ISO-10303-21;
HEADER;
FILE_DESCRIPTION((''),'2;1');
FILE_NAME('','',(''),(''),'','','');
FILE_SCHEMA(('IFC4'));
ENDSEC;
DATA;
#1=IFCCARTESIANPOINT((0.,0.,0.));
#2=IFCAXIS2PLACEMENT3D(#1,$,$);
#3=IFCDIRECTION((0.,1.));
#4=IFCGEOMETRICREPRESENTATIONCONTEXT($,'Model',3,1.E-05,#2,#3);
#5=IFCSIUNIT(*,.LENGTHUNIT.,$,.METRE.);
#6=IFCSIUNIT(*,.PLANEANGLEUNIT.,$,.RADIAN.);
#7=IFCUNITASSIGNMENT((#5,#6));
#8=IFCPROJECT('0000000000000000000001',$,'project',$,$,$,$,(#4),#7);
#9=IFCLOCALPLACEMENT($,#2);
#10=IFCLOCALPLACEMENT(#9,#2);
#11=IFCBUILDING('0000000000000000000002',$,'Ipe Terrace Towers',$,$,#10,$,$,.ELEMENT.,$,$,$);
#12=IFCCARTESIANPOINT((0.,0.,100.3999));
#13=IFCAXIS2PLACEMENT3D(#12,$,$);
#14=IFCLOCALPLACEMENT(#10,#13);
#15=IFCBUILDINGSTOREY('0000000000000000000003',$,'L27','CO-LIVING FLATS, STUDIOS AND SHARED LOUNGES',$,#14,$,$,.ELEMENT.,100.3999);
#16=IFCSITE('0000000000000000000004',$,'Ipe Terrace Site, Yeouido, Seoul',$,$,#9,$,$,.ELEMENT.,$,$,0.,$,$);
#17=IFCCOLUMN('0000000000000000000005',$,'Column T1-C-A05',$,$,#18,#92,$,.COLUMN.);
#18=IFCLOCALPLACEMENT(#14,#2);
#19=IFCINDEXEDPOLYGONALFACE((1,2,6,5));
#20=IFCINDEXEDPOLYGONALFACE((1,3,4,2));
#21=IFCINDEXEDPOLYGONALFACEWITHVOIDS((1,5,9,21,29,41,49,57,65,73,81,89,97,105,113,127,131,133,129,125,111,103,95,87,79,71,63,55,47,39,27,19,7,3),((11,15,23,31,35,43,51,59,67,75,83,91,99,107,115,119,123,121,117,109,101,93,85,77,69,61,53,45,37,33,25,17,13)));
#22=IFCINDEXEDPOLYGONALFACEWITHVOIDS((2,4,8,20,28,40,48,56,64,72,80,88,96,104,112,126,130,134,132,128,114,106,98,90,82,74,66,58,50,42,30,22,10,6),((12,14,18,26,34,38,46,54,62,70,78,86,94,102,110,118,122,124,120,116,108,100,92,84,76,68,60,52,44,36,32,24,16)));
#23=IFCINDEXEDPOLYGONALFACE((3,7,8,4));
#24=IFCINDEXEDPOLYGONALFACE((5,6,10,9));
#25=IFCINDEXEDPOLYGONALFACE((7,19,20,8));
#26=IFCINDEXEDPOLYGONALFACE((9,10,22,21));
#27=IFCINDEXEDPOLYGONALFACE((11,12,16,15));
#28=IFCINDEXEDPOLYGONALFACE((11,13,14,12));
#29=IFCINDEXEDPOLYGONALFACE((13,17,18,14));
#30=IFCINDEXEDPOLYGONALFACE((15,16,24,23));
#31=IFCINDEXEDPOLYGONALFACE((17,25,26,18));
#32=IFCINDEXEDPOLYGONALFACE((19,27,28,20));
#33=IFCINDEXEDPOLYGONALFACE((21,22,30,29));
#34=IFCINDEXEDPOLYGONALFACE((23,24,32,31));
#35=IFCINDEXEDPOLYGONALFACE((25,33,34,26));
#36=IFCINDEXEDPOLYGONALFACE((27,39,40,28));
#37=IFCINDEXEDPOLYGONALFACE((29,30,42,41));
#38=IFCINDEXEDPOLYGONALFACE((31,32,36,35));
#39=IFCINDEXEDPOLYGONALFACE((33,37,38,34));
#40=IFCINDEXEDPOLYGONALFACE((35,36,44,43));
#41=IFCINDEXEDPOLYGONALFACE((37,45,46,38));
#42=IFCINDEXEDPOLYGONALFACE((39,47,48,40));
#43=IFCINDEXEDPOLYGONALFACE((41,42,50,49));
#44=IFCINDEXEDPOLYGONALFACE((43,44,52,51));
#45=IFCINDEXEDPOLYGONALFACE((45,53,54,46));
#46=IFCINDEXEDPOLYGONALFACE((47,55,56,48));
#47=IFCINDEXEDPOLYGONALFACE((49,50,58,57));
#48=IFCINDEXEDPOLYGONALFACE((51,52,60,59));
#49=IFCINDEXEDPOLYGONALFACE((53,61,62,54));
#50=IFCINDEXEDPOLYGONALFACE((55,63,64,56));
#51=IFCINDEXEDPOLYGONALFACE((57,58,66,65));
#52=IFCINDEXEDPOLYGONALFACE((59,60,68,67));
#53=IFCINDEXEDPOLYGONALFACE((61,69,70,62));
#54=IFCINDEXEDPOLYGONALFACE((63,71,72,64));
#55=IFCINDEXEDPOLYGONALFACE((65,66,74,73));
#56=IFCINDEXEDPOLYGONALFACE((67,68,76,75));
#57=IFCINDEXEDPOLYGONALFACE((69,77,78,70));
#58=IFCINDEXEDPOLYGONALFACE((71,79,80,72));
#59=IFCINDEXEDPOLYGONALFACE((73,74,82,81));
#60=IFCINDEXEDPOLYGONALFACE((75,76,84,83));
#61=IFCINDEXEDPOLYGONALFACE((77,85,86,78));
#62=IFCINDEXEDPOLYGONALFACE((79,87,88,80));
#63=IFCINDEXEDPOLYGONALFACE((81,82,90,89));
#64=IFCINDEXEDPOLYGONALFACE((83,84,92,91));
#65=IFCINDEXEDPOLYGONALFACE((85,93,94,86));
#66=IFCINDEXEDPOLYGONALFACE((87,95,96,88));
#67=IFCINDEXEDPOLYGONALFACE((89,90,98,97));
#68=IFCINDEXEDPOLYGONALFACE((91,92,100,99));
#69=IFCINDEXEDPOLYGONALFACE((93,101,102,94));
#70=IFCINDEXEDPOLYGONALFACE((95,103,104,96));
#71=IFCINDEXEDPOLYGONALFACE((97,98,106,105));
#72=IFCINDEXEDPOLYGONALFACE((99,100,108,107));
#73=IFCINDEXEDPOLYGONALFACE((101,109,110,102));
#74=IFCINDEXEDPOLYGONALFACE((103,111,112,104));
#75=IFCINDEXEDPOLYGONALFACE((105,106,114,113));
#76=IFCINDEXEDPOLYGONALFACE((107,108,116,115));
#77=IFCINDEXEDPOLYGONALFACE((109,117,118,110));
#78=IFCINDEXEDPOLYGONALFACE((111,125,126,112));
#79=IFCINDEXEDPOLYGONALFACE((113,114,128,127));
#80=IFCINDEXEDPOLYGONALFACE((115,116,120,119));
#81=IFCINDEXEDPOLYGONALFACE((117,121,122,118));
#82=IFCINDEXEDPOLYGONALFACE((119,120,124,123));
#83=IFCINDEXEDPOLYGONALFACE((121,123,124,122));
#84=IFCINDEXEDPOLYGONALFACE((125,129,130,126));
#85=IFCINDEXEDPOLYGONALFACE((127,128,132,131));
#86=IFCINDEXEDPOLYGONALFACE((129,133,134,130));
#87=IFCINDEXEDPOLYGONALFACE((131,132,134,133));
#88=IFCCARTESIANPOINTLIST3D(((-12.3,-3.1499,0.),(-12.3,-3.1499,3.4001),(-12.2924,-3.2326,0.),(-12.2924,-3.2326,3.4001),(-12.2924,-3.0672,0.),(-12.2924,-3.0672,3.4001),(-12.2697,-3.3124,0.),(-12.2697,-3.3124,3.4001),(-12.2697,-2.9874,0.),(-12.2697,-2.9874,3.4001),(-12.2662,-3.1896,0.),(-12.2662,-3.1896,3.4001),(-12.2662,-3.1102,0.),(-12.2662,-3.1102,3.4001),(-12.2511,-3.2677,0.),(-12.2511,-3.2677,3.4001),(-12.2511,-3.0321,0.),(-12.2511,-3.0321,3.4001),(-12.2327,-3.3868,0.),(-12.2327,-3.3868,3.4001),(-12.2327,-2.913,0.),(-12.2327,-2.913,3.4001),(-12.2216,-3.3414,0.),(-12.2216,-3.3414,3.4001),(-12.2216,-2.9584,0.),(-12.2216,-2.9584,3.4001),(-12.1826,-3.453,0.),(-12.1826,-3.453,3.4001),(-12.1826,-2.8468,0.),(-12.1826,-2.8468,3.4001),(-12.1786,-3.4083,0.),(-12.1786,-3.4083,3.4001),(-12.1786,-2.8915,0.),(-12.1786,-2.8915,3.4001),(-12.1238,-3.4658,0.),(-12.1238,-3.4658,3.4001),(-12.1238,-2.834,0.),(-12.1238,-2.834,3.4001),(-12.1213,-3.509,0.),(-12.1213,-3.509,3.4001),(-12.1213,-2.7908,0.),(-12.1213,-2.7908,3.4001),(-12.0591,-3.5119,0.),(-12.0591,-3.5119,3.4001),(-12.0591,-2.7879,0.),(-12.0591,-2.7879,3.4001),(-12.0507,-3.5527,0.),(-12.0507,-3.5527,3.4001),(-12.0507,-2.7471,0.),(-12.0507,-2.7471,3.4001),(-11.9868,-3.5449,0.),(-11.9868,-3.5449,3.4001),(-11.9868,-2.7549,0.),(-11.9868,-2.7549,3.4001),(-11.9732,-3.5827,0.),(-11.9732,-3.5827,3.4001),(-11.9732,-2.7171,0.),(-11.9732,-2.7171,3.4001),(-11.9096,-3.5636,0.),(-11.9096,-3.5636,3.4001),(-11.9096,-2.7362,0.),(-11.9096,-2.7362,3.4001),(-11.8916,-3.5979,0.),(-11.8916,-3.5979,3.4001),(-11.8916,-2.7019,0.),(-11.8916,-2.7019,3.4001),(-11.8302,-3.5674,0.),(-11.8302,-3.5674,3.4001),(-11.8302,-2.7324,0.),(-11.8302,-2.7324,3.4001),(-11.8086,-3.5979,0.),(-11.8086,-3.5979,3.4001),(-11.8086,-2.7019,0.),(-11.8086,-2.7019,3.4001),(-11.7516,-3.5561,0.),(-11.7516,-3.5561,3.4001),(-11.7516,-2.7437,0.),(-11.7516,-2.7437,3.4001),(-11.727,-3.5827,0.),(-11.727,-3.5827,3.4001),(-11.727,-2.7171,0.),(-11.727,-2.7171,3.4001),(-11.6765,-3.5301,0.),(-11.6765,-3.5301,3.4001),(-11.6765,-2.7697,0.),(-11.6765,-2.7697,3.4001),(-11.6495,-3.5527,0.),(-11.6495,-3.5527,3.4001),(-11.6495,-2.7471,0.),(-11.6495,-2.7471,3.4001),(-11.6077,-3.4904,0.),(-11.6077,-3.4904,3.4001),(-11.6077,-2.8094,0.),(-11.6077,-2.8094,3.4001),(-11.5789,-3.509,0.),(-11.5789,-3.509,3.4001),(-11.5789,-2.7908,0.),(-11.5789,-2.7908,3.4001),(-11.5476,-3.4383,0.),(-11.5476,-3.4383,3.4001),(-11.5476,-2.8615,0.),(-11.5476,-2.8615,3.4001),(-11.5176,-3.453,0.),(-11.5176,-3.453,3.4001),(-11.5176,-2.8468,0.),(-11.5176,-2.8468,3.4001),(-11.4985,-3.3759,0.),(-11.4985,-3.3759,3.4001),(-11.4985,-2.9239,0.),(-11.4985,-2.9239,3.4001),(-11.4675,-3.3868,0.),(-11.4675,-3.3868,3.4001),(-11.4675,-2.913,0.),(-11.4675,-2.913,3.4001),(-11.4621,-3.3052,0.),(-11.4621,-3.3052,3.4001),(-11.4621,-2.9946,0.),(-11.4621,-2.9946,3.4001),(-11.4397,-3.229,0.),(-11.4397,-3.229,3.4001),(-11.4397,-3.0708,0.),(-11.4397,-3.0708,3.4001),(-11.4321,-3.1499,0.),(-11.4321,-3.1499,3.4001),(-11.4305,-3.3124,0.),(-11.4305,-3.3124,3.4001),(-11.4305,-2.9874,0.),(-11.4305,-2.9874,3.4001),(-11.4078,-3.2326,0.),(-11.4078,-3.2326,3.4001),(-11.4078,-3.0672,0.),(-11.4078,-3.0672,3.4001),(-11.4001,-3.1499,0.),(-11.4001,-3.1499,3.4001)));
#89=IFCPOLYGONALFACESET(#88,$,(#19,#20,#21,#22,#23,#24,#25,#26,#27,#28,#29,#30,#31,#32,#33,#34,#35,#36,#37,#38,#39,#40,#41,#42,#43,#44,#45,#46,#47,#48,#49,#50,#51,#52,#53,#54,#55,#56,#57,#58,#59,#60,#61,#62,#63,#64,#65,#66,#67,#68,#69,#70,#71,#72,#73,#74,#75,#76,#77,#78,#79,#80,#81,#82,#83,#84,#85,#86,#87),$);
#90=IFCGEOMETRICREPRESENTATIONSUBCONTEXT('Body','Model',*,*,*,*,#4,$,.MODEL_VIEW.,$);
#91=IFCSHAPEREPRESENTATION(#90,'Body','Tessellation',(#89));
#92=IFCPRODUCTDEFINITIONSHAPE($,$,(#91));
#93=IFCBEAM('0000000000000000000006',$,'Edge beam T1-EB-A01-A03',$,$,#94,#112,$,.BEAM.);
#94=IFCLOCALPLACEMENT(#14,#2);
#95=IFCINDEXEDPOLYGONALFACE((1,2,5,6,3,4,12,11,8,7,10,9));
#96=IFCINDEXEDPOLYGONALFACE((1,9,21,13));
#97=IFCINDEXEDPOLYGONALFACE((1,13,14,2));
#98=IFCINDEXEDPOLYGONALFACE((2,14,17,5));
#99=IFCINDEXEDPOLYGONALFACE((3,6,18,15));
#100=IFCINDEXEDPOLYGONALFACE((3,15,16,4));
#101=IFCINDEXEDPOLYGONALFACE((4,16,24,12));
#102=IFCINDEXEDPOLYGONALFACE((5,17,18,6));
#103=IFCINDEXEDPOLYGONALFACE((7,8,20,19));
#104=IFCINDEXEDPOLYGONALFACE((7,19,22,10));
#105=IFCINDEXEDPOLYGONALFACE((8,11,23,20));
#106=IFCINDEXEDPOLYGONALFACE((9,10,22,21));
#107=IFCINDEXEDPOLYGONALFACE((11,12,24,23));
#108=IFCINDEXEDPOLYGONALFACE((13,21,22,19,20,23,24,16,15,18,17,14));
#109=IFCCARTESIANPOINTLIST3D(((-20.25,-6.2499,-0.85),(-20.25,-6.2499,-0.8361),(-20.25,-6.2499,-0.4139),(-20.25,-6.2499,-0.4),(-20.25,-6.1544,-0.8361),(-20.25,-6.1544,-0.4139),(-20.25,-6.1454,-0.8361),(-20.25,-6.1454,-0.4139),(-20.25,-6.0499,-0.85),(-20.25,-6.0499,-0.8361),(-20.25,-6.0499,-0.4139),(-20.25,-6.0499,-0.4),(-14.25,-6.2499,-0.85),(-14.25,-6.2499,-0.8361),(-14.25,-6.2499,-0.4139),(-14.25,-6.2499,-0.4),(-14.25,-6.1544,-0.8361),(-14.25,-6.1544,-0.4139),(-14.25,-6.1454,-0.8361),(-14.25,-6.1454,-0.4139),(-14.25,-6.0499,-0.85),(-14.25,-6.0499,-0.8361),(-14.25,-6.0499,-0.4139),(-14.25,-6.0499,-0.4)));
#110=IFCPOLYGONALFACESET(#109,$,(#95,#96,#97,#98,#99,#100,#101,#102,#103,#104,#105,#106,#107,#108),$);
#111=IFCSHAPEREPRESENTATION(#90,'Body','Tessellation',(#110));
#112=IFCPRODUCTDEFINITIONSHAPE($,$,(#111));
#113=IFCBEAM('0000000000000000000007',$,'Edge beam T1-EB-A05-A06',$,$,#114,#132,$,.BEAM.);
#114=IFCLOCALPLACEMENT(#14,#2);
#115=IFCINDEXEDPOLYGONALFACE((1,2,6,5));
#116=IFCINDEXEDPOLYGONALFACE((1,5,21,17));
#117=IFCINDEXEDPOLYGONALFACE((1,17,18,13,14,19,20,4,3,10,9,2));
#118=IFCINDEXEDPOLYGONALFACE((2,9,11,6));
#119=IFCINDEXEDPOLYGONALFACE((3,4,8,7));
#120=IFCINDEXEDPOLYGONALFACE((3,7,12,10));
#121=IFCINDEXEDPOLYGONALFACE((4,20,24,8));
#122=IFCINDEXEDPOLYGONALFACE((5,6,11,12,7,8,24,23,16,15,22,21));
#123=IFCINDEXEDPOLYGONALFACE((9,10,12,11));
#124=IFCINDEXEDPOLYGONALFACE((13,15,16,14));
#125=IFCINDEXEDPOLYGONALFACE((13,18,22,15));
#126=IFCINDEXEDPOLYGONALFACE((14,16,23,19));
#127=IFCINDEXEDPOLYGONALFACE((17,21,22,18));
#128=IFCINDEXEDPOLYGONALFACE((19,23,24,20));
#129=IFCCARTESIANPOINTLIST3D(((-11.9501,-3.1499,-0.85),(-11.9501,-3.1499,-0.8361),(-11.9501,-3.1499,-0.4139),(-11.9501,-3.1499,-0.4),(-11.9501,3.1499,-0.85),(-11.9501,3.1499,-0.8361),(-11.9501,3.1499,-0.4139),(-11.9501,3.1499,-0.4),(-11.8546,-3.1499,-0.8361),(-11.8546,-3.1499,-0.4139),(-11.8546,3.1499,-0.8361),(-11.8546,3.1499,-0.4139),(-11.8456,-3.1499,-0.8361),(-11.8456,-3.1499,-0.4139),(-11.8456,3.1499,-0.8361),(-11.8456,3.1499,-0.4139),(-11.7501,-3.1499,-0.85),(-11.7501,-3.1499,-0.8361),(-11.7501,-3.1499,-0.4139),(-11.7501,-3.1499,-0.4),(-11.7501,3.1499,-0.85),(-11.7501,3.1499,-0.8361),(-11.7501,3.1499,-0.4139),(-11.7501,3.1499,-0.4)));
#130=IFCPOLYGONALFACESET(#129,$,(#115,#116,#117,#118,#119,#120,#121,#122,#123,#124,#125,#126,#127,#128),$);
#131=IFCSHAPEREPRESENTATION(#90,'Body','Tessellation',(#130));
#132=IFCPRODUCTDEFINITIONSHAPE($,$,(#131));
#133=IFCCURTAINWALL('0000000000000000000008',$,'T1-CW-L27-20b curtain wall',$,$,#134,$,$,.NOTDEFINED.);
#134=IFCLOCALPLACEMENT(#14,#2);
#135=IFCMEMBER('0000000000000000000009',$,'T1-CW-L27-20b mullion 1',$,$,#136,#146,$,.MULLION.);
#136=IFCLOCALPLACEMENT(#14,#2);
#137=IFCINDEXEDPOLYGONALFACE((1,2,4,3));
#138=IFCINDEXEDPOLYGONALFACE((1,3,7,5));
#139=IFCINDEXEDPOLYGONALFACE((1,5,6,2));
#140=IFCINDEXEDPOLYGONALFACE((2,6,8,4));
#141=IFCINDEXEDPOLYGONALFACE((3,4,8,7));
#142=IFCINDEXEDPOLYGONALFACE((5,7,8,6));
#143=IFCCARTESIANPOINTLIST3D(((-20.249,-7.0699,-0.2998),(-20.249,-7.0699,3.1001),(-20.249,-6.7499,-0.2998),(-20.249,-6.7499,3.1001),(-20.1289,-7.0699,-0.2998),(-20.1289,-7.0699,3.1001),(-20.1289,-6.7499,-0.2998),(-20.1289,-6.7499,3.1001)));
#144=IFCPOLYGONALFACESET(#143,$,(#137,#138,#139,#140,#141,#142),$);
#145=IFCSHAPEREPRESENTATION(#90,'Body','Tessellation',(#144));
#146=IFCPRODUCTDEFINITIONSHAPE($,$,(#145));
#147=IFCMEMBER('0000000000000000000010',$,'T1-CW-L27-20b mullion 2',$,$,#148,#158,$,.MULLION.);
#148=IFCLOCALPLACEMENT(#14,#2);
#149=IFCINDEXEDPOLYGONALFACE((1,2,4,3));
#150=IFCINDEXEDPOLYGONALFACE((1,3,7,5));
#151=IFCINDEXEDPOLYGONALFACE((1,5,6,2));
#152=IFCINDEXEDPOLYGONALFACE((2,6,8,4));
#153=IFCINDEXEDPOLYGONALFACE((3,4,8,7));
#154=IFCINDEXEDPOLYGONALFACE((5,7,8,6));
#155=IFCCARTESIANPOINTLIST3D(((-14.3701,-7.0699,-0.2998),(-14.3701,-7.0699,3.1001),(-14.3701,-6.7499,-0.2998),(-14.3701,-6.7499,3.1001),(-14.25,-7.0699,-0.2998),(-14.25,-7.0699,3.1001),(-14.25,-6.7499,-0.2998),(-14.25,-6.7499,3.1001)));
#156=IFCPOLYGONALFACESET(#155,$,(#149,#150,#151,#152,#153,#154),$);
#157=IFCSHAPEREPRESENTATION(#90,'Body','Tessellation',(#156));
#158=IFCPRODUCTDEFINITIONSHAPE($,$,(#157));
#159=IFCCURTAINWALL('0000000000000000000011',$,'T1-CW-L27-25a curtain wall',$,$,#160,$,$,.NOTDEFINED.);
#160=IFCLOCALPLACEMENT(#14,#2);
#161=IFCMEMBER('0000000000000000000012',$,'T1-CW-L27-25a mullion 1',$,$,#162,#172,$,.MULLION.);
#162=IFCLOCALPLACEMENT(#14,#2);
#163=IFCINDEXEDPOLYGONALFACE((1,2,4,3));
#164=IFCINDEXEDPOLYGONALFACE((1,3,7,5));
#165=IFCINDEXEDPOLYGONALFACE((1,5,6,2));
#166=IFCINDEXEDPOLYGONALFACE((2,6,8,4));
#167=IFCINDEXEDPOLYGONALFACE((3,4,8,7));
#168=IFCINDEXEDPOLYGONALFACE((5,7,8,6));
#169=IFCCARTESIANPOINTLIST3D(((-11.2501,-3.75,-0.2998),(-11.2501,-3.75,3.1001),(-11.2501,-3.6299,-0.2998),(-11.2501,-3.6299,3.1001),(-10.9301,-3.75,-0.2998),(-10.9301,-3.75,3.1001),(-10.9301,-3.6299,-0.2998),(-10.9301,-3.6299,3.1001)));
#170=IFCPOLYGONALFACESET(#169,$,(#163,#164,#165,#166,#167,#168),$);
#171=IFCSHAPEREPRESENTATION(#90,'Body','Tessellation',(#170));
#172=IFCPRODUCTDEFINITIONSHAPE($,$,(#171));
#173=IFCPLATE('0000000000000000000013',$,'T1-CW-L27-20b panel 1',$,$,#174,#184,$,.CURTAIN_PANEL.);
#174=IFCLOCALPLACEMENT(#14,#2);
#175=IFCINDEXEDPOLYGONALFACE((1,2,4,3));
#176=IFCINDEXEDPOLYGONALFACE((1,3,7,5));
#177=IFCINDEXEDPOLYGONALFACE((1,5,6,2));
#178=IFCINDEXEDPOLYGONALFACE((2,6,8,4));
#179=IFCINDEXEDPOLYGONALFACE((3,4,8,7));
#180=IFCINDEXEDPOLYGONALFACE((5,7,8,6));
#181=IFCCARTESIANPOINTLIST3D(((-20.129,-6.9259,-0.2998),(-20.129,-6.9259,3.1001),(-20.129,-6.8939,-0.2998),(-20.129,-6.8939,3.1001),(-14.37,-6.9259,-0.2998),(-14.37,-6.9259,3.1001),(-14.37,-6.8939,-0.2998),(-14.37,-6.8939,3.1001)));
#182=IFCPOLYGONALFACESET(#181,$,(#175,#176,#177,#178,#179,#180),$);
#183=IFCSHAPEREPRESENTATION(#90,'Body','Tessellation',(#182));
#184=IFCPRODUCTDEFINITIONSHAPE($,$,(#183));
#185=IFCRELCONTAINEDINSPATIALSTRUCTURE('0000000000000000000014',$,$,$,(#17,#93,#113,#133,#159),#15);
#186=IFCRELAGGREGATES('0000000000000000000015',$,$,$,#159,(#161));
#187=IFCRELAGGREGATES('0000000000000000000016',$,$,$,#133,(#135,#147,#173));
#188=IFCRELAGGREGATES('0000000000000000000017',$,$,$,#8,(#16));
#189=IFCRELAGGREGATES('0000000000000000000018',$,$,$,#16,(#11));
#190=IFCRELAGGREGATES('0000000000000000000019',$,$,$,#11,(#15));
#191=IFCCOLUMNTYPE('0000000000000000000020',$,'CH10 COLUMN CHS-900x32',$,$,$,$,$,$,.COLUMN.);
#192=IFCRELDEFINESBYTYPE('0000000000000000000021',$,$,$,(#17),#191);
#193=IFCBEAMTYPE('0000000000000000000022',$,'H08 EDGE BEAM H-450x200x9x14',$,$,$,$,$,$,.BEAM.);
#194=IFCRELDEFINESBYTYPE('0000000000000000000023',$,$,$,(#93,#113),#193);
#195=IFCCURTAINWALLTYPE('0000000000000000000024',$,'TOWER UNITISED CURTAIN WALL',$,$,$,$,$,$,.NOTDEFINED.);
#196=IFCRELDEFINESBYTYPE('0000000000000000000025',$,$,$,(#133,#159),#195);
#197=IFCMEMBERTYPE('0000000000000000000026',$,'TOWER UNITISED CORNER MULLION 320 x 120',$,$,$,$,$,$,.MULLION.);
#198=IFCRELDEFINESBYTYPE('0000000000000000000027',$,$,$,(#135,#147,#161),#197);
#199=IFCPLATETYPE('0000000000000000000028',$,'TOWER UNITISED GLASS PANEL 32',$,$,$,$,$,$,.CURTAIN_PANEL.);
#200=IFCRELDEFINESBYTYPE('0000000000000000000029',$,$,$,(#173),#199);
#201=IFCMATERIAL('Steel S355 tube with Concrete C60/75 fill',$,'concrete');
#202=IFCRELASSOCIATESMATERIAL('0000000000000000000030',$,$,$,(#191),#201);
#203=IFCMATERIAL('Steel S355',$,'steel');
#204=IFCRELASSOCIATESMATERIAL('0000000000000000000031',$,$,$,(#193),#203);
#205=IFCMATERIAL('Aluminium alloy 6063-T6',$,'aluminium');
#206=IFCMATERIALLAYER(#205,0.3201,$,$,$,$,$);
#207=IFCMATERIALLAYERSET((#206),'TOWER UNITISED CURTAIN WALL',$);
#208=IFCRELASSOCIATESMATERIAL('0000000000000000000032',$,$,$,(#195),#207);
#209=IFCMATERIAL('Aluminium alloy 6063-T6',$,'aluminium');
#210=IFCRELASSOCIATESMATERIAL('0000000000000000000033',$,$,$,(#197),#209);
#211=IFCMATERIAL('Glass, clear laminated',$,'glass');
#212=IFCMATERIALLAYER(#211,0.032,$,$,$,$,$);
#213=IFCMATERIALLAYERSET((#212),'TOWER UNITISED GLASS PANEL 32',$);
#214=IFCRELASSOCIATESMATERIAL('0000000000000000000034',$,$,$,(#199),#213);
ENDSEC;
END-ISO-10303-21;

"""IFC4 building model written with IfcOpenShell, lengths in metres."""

from ifc_helpers import new_model, si_unit, direction, frame, origin, origin_2d, place, context, subcontext, project, spatial, rectangle, hollow_circle, i_section, extrude, material, layer, layer_set, material_profile, profile_set, type_object, element, aggregate, save


model = new_model("IFC4")

# Units and contexts
model_context = context("Model", 3, precision=1e-05, world=origin(), true_north=direction((0.0, 1.0)))
body_context = subcontext(model_context, "Body", "Model", "MODEL_VIEW")
ifc_project = project(units=[si_unit("LENGTHUNIT", "METRE"), si_unit("PLANEANGLEUNIT", "RADIAN")], contexts=[model_context])

# Site, building, storey
site_placement = place(None, origin())
site = spatial("IfcSite", under=ifc_project, at=site_placement, Name="Ipe Terrace Site, Yeouido, Seoul", CompositionType="ELEMENT", RefElevation=0.0)
building_placement = place(site_placement, origin())
building = spatial("IfcBuilding", under=site, at=building_placement, Name="Ipe Terrace Towers", CompositionType="ELEMENT")
storey_placement = place(building_placement, frame((0.0, 0.0, 100.3999)))
storey = spatial("IfcBuildingStorey", under=building, at=storey_placement, Name="L27", Description="CO-LIVING FLATS, STUDIOS AND SHARED LOUNGES", CompositionType="ELEMENT", Elevation=100.3999)

# Column
ifc_material_1 = material(Name="Steel S355 tube with Concrete C60/75 fill", Category="concrete")
ifc_material_profile_1 = material_profile(ifc_material_1, hollow_circle(Radius=0.45, WallThickness=0.032, at=origin_2d()), Name="CHS-900x32")
ifc_profile_set_1 = profile_set([ifc_material_profile_1], Name="Steel S355 tube with Concrete C60/75 fill")
column_type = type_object("IfcColumnType", Name="CH10 COLUMN CHS-900x32", PredefinedType="COLUMN", material=ifc_profile_set_1)
for number, where, z_axis, x_axis, name in (
    (1, (-11.8501, -3.1499, 0.0), (0.0, 0.0, 1.0), (1.0, 0.0, 0.0), "Column T1-C-A05"),
):
    element("IfcColumn", number, at=place(storey_placement, frame(where, z_axis=z_axis, x_axis=x_axis)), inside=storey, type_object=column_type, Name=name, PredefinedType="COLUMN", context=body_context, shape_type="SweptSolid", body=[
        extrude(hollow_circle(Radius=0.45, WallThickness=0.032, at=origin_2d()), origin(), (0.0, 0.0, 1.0), 3.4001),
    ])

# Beams
ifc_material_2 = material(Name="Steel S355", Category="steel")
ifc_material_profile_2 = material_profile(ifc_material_2, i_section(OverallWidth=0.2, OverallDepth=0.45, WebThickness=0.009, FlangeThickness=0.0139, at=origin_2d()), Name="H-450x200x9x14")
ifc_profile_set_2 = profile_set([ifc_material_profile_2], Name="Steel S355")
beam_type = type_object("IfcBeamType", Name="H08 EDGE BEAM H-450x200x9x14", PredefinedType="BEAM", material=ifc_profile_set_2)
beam_1_placement = place(storey_placement, frame((-20.25, -6.1499, -0.625), z_axis=(1.0, 0.0, 0.0), x_axis=(0.0, 1.0, 0.0)))
element("IfcBeam", 2, at=beam_1_placement, inside=storey, type_object=beam_type, Name="Edge beam T1-EB-A01-A03", PredefinedType="BEAM", context=body_context, shape_type="SweptSolid", body=[
    extrude(i_section(OverallWidth=0.2, OverallDepth=0.45, WebThickness=0.009, FlangeThickness=0.0139, at=origin_2d()), origin(), (0.0, 0.0, 1.0), 6.0),
])
beam_2_placement = place(storey_placement, frame((-11.8501, -3.1499, -0.625), z_axis=(0.0, 1.0, 0.0), x_axis=(-1.0, 0.0, 0.0)))
element("IfcBeam", 3, at=beam_2_placement, inside=storey, type_object=beam_type, Name="Edge beam T1-EB-A05-A06", PredefinedType="BEAM", context=body_context, shape_type="SweptSolid", body=[
    extrude(i_section(OverallWidth=0.2, OverallDepth=0.45, WebThickness=0.009, FlangeThickness=0.0139, at=origin_2d()), origin(), (0.0, 0.0, 1.0), 6.2998),
])

# Curtain wall, members
ifc_material_3 = material(Name="Aluminium alloy 6063-T6", Category="aluminium")
ifc_layer_1 = layer(ifc_material_3, 0.3201)
ifc_layer_set_1 = layer_set([ifc_layer_1], Name="TOWER UNITISED CURTAIN WALL")
curtain_wall_type = type_object("IfcCurtainWallType", Name="TOWER UNITISED CURTAIN WALL", PredefinedType="NOTDEFINED", material=ifc_layer_set_1)
curtain_wall_1_placement = place(storey_placement, origin())
curtain_wall_1 = element("IfcCurtainWall", 4, at=curtain_wall_1_placement, inside=storey, type_object=curtain_wall_type, Name="T1-CW-L27-20b curtain wall", PredefinedType="NOTDEFINED")
ifc_material_4 = material(Name="Aluminium alloy 6063-T6", Category="aluminium")
ifc_material_profile_3 = material_profile(ifc_material_4, rectangle(XDim=0.3201, YDim=0.1201, at=origin_2d()), Name="TOWER UNITISED CORNER MULLION 320 x 120")
ifc_profile_set_3 = profile_set([ifc_material_profile_3], Name="Aluminium alloy 6063-T6")
member_type = type_object("IfcMemberType", Name="TOWER UNITISED CORNER MULLION 320 x 120", PredefinedType="MULLION", material=ifc_profile_set_3)
member_1_placement = place(storey_placement, frame((-20.189, -6.9099, -0.2998), z_axis=(0.0, 0.0, 1.0), x_axis=(0.0, -1.0, 0.0)))
member_1 = element("IfcMember", 5, at=member_1_placement, type_object=member_type, Name="T1-CW-L27-20b mullion 1", PredefinedType="MULLION", context=body_context, shape_type="SweptSolid", body=[
    extrude(rectangle(XDim=0.3201, YDim=0.1201, at=origin_2d()), origin(), (0.0, 0.0, 1.0), 3.3999),
])
member_2_placement = place(storey_placement, frame((-14.3101, -6.9099, -0.2998), z_axis=(0.0, 0.0, 1.0), x_axis=(0.0, -1.0, 0.0)))
member_2 = element("IfcMember", 6, at=member_2_placement, type_object=member_type, Name="T1-CW-L27-20b mullion 2", PredefinedType="MULLION", context=body_context, shape_type="SweptSolid", body=[
    extrude(rectangle(XDim=0.3201, YDim=0.1201, at=origin_2d()), origin(), (0.0, 0.0, 1.0), 3.3999),
])

# Curtain wall, member
curtain_wall_2_placement = place(storey_placement, origin())
curtain_wall_2 = element("IfcCurtainWall", 7, at=curtain_wall_2_placement, inside=storey, type_object=curtain_wall_type, Name="T1-CW-L27-25a curtain wall", PredefinedType="NOTDEFINED")
member_3_placement = place(storey_placement, frame((-11.0901, -3.6899, -0.2998), z_axis=(0.0, 0.0, 1.0), x_axis=(1.0, 0.0, 0.0)))
member_3 = element("IfcMember", 8, at=member_3_placement, type_object=member_type, Name="T1-CW-L27-25a mullion 1", PredefinedType="MULLION", context=body_context, shape_type="SweptSolid", body=[
    extrude(rectangle(XDim=0.3201, YDim=0.1201, at=origin_2d()), origin(), (0.0, 0.0, 1.0), 3.3999),
])
aggregate(curtain_wall_2, [member_3])

# Plate
ifc_material_5 = material(Name="Glass, clear laminated", Category="glass")
ifc_layer_2 = layer(ifc_material_5, 0.032)
ifc_layer_set_2 = layer_set([ifc_layer_2], Name="TOWER UNITISED GLASS PANEL 32")
plate_type = type_object("IfcPlateType", Name="TOWER UNITISED GLASS PANEL 32", PredefinedType="CURTAIN_PANEL", material=ifc_layer_set_2)
plate_placement = place(storey_placement, frame((-17.2495, -6.9099, -0.2998), z_axis=(0.0, 0.0, 1.0), x_axis=(1.0, 0.0, 0.0)))
plate = element("IfcPlate", 9, at=plate_placement, type_object=plate_type, Name="T1-CW-L27-20b panel 1", PredefinedType="CURTAIN_PANEL", context=body_context, shape_type="SweptSolid", body=[
    extrude(rectangle(XDim=5.759, YDim=0.032, at=origin_2d()), origin(), (0.0, 0.0, 1.0), 3.3999),
])
aggregate(curtain_wall_1, [member_1, member_2, plate])

save(model, "model.ifc")
